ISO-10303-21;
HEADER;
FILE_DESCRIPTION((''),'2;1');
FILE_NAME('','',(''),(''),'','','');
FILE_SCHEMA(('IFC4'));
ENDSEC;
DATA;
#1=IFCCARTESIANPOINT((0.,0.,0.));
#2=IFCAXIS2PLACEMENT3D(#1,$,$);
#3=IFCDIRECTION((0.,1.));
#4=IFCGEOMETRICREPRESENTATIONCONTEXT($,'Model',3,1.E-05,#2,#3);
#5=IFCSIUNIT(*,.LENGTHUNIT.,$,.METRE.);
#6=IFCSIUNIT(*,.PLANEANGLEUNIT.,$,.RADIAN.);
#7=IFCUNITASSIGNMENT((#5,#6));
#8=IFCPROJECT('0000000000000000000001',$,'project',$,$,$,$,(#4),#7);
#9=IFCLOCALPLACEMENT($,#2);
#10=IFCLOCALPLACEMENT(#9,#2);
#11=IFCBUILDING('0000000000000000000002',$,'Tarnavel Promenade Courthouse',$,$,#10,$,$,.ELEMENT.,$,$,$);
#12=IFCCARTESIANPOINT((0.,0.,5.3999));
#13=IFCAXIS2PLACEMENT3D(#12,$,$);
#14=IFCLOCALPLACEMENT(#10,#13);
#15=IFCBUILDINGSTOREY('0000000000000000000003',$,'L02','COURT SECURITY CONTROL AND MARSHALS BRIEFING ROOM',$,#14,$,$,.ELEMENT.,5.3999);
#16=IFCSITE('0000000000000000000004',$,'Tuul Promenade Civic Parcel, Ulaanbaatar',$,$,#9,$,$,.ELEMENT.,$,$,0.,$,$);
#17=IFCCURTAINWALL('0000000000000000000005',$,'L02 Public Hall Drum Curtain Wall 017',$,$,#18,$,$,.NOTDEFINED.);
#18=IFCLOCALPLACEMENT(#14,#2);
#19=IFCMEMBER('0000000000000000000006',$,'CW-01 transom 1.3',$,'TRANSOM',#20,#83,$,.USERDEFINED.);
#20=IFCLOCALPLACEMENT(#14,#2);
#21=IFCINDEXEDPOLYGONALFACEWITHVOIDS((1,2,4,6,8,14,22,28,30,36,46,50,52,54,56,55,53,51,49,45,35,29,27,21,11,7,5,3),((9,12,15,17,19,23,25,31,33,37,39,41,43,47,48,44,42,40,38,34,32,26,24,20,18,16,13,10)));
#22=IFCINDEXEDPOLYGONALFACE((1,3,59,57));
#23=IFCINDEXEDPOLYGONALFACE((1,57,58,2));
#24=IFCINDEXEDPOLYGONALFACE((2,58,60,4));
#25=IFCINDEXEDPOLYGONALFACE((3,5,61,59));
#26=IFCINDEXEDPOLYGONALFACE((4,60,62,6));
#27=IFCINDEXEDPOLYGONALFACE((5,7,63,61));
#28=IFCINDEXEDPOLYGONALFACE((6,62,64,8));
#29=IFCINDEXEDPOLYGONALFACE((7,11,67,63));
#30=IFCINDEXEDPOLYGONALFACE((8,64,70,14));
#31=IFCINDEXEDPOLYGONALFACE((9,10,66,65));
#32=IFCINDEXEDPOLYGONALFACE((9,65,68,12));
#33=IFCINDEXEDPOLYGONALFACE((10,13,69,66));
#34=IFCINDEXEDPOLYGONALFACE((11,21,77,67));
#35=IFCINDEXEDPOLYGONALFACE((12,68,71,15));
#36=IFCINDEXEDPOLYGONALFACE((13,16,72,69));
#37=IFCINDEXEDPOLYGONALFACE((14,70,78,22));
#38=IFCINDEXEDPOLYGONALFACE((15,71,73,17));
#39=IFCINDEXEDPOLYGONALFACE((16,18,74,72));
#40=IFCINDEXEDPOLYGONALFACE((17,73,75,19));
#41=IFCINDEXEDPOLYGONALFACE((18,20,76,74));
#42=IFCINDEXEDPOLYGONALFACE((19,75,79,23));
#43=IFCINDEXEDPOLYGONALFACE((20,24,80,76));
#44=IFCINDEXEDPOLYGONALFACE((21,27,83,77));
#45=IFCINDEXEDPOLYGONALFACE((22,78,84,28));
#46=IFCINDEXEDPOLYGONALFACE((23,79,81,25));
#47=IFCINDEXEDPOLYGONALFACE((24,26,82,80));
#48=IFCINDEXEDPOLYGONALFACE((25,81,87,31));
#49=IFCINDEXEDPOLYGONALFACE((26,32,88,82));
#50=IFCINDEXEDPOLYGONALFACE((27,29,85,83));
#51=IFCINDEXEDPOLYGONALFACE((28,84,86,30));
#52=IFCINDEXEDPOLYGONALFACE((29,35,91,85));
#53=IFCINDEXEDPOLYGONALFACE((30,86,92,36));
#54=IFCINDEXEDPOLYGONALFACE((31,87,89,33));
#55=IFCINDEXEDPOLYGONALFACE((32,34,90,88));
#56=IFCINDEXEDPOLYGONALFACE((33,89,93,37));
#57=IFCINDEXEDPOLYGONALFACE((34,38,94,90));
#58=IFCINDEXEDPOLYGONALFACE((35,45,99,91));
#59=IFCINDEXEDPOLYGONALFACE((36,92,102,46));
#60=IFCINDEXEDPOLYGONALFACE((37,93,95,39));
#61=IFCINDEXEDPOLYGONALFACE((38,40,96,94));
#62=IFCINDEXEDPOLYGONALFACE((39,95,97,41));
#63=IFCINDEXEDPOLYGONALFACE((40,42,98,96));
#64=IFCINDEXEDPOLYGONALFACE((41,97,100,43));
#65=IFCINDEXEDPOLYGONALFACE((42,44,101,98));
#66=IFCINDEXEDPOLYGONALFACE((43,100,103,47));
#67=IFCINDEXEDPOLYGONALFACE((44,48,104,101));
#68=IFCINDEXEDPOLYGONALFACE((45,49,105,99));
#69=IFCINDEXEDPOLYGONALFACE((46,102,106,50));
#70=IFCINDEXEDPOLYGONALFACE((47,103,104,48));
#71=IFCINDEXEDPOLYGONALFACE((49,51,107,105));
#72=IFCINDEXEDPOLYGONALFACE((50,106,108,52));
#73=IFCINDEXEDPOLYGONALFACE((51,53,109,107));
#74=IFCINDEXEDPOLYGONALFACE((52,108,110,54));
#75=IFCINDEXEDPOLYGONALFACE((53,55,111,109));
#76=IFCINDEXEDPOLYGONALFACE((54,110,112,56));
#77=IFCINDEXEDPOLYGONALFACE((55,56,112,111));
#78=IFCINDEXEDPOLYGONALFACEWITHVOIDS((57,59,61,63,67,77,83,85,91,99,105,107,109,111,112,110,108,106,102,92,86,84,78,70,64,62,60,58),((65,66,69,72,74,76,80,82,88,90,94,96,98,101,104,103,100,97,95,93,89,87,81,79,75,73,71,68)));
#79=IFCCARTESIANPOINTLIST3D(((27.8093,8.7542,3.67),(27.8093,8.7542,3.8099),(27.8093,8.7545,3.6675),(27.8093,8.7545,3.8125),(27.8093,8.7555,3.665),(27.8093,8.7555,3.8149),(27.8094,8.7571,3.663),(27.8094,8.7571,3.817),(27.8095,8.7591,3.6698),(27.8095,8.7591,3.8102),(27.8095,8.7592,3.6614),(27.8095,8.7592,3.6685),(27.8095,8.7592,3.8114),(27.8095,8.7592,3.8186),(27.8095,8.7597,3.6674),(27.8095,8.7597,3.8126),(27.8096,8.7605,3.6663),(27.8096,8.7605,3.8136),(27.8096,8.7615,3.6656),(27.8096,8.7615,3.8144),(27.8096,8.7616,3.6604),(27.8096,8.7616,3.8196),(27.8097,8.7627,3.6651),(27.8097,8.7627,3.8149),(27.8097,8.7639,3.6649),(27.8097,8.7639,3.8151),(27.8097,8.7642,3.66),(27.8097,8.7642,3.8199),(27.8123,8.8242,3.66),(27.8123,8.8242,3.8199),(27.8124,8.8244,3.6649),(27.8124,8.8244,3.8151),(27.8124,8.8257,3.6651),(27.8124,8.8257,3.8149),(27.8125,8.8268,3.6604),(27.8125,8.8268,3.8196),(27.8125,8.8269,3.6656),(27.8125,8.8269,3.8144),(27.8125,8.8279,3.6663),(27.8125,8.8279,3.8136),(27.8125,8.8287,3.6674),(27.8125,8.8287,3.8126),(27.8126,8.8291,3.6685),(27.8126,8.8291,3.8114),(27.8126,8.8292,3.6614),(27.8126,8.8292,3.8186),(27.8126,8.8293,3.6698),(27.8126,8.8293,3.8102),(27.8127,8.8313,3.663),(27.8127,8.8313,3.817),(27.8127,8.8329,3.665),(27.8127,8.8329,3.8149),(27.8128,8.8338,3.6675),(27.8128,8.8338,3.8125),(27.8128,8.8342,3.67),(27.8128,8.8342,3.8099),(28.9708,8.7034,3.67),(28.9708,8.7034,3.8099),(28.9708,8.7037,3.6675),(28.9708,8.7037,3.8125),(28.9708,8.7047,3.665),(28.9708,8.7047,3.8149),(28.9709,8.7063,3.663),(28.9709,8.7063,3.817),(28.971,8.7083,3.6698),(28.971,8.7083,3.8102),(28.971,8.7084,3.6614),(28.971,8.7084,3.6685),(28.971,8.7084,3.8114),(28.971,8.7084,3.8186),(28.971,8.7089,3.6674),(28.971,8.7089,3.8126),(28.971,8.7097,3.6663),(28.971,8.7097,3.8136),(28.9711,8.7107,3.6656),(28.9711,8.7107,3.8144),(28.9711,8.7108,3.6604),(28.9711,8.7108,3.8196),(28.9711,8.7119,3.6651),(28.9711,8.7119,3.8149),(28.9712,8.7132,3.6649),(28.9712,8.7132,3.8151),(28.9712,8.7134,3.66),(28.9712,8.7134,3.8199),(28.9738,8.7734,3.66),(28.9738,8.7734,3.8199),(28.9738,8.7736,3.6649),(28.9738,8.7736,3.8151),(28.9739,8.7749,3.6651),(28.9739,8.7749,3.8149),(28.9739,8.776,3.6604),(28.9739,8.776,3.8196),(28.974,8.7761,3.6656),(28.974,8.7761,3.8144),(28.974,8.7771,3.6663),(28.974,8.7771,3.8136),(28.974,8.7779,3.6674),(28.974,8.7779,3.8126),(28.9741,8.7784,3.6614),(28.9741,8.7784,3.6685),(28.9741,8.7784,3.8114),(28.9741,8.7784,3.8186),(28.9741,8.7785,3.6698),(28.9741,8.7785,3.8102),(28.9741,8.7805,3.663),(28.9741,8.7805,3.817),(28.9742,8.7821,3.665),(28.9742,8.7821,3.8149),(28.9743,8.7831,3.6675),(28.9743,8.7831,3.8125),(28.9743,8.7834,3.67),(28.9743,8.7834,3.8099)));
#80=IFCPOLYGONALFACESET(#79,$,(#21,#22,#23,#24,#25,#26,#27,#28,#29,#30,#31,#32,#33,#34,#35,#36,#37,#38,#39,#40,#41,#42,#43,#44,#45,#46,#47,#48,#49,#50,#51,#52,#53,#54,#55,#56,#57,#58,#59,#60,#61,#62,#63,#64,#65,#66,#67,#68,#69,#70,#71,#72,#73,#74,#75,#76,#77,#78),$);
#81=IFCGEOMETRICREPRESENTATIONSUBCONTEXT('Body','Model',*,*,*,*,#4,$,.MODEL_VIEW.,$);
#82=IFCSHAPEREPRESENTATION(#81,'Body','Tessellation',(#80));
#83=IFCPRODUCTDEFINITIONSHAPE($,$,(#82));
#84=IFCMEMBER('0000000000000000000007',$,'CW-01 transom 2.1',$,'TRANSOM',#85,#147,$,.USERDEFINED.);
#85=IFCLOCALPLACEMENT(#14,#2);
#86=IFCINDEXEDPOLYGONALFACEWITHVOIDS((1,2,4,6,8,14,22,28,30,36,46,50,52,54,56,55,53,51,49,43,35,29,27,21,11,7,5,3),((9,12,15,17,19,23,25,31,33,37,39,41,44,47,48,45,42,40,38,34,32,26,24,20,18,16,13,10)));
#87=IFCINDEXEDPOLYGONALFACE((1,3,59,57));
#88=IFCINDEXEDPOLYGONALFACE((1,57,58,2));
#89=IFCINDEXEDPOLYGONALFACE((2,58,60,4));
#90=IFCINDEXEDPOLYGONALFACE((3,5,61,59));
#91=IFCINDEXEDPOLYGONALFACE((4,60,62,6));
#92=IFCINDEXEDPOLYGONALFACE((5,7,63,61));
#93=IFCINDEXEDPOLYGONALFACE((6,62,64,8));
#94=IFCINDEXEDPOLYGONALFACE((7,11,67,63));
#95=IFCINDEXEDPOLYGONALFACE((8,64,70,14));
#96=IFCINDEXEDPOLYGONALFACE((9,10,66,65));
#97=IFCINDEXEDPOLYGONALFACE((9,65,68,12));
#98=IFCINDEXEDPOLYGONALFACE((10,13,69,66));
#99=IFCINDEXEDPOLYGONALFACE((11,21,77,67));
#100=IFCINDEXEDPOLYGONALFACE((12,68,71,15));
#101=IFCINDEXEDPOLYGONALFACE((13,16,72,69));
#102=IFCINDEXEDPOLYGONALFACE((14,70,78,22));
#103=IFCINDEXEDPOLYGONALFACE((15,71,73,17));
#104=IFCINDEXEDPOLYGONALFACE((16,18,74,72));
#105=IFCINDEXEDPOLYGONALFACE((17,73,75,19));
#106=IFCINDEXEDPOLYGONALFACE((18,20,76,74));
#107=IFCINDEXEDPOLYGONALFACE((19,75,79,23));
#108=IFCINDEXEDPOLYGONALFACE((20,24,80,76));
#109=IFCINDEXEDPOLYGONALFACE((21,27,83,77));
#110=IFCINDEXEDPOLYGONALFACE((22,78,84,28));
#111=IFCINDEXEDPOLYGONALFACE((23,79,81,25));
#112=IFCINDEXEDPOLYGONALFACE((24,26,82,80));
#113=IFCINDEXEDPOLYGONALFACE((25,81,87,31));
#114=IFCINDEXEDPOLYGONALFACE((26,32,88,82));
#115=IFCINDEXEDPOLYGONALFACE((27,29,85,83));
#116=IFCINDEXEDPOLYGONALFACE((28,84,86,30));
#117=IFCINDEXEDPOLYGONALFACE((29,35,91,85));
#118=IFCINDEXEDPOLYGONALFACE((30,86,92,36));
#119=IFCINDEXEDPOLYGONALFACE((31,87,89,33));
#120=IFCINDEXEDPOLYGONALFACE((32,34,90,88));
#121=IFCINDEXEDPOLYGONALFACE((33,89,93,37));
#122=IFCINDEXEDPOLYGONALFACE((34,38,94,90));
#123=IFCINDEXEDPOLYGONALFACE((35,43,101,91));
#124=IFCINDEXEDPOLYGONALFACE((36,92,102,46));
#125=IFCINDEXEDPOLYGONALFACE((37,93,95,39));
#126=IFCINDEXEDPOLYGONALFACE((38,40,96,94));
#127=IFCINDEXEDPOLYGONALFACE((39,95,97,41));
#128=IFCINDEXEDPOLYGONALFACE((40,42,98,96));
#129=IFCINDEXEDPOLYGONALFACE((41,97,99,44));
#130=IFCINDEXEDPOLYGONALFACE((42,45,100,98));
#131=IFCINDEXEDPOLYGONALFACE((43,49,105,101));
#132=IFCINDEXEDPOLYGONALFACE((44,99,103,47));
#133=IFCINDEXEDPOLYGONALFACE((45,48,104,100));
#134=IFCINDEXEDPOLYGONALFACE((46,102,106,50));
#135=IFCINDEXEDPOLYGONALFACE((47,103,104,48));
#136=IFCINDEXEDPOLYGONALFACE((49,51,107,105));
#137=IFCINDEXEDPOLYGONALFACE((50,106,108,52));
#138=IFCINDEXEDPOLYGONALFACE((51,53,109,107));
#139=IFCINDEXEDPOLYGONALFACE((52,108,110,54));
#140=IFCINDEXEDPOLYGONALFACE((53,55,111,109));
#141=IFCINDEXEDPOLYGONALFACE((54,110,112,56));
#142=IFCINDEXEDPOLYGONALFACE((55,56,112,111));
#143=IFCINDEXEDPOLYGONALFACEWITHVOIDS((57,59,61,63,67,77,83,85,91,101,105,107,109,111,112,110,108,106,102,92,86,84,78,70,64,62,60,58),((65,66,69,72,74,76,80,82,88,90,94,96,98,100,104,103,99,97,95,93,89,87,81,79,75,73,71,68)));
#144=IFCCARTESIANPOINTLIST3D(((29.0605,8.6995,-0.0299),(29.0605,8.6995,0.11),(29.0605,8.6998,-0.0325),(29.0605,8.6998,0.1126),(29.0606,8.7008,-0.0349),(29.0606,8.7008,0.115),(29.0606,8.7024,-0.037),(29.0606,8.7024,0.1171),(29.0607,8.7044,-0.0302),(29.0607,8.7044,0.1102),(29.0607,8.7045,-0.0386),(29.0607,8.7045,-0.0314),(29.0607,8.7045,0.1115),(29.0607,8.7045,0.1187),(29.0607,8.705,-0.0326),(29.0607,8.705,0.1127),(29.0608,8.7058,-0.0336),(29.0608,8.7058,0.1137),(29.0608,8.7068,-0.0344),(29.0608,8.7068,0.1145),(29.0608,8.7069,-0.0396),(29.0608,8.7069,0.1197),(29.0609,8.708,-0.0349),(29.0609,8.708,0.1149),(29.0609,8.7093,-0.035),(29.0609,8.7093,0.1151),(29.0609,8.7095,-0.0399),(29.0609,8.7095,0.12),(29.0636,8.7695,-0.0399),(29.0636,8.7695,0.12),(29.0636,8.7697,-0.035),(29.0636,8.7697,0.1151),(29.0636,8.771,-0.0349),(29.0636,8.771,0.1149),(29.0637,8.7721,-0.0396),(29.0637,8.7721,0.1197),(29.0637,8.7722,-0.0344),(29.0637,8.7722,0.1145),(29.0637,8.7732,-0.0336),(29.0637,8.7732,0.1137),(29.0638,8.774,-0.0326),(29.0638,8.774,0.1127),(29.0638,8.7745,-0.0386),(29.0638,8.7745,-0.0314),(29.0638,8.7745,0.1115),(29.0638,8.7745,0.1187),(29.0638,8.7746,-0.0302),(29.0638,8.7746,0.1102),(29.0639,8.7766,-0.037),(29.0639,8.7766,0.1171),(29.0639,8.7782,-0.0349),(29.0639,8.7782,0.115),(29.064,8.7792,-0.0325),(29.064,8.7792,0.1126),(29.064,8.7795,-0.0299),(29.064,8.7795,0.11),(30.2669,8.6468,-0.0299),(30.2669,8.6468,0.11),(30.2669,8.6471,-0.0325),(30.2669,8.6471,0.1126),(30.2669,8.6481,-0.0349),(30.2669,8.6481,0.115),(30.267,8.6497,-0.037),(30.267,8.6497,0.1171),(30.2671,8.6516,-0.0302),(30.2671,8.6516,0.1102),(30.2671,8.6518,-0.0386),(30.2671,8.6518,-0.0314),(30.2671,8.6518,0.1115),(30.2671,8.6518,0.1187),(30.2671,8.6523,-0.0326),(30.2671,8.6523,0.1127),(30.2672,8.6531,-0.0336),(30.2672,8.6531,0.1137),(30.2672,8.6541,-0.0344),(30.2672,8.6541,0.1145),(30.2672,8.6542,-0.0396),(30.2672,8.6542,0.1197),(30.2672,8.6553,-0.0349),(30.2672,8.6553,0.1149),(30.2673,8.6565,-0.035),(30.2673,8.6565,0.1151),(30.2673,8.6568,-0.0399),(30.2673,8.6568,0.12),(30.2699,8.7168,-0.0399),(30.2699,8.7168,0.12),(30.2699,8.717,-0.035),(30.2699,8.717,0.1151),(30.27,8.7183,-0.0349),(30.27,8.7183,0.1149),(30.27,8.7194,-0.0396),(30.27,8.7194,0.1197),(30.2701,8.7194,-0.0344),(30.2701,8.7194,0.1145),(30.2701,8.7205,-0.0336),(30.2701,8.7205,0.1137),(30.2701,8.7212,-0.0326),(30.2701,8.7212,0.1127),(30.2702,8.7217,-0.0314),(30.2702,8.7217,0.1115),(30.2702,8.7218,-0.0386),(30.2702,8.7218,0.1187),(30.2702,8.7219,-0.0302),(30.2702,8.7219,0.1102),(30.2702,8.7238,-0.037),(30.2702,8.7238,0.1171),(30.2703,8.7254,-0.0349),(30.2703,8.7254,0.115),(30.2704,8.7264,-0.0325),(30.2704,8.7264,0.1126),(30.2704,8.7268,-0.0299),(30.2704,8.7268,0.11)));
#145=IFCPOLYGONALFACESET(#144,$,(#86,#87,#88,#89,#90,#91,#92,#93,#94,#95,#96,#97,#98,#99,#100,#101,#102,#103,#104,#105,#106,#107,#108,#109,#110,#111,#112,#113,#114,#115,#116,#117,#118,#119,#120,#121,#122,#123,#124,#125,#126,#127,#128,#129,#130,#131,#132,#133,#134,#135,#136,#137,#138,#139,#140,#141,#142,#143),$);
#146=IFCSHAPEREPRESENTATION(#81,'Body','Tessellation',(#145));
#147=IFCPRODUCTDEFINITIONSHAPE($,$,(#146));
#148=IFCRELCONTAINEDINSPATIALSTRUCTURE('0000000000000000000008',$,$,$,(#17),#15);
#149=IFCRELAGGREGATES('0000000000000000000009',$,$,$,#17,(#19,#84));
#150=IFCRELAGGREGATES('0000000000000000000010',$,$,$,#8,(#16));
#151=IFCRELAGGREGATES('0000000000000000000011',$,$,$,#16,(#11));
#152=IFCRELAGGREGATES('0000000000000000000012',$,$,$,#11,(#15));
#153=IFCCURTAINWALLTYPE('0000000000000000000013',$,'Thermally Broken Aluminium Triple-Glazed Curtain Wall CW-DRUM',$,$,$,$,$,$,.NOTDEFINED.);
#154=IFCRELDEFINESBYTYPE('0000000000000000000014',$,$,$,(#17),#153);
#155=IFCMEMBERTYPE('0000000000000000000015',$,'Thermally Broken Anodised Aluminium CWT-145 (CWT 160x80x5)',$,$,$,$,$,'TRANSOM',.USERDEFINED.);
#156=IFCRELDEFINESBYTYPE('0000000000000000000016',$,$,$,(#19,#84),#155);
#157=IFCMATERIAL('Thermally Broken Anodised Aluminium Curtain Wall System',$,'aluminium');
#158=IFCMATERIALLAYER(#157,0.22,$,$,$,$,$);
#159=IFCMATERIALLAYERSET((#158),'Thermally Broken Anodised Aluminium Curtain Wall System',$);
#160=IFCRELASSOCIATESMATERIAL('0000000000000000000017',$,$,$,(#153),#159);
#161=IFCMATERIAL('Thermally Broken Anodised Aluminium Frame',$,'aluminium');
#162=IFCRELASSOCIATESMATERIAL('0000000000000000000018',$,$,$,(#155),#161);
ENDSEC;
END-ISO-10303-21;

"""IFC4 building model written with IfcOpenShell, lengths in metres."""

from ifc_helpers import new_model, si_unit, direction, frame, origin, origin_2d, place, context, subcontext, project, spatial, hollow_rectangle, extrude, material, layer, layer_set, material_profile, profile_set, type_object, element, aggregate, save


model = new_model("IFC4")

# Units and contexts
model_context = context("Model", 3, precision=1e-05, world=origin(), true_north=direction((0.0, 1.0)))
body_context = subcontext(model_context, "Body", "Model", "MODEL_VIEW")
ifc_project = project(units=[si_unit("LENGTHUNIT", "METRE"), si_unit("PLANEANGLEUNIT", "RADIAN")], contexts=[model_context])

# Site, building, storey
site_placement = place(None, origin())
site = spatial("IfcSite", under=ifc_project, at=site_placement, Name="Tuul Promenade Civic Parcel, Ulaanbaatar", CompositionType="ELEMENT", RefElevation=0.0)
building_placement = place(site_placement, origin())
building = spatial("IfcBuilding", under=site, at=building_placement, Name="Tarnavel Promenade Courthouse", CompositionType="ELEMENT")
storey_placement = place(building_placement, frame((0.0, 0.0, 5.3999)))
storey = spatial("IfcBuildingStorey", under=building, at=storey_placement, Name="L02", Description="COURT SECURITY CONTROL AND MARSHALS BRIEFING ROOM", CompositionType="ELEMENT", Elevation=5.3999)

# Shared definitions
ifc_material_1 = material(Name="Thermally Broken Anodised Aluminium Curtain Wall System", Category="aluminium")
ifc_layer_1 = layer(ifc_material_1, 0.22)
ifc_layer_set_1 = layer_set([ifc_layer_1], Name="Thermally Broken Anodised Aluminium Curtain Wall System")
curtain_wall_type = type_object("IfcCurtainWallType", Name="Thermally Broken Aluminium Triple-Glazed Curtain Wall CW-DRUM", PredefinedType="NOTDEFINED", material=ifc_layer_set_1)
ifc_material_2 = material(Name="Thermally Broken Anodised Aluminium Frame", Category="aluminium")

# Curtain wall
curtain_wall_1_placement = place(storey_placement, origin())
curtain_wall_1 = element("IfcCurtainWall", 1, at=curtain_wall_1_placement, inside=storey, type_object=curtain_wall_type, Name="L02 Public Hall Drum Curtain Wall 017", PredefinedType="NOTDEFINED")

# Members
ifc_material_profile_1 = material_profile(ifc_material_2, hollow_rectangle(XDim=0.0801, YDim=0.1599, WallThickness=0.0049, InnerFilletRadius=0.0049, OuterFilletRadius=0.01, at=origin_2d()), Name="CWT 160x80x5")
ifc_profile_set_1 = profile_set([ifc_material_profile_1], Name="Thermally Broken Anodised Aluminium Frame")
member_type_1 = type_object("IfcMemberType", Name="Thermally Broken Anodised Aluminium CWT-145 (CWT 160x80x5)", ElementType="TRANSOM", PredefinedType="USERDEFINED", material=ifc_profile_set_1)
member_1_placement = place(storey_placement, frame((27.811, 8.7942, 3.74), z_axis=(0.999045, -0.043683, 0.0), x_axis=(0.043683, 0.999045, 0.0)))
member_1 = element("IfcMember", 2, at=member_1_placement, type_object=member_type_1, Name="CW-01 transom 1.3", ObjectType="TRANSOM", PredefinedType="USERDEFINED", context=body_context, shape_type="SweptSolid", body=[
    extrude(hollow_rectangle(XDim=0.0801, YDim=0.1599, WallThickness=0.0049, InnerFilletRadius=0.0049, OuterFilletRadius=0.01, at=origin_2d()), origin(), (0.0, 0.0, 1.0), 1.1626),
])
member_2_placement = place(storey_placement, frame((29.0623, 8.7395, 0.04), z_axis=(0.999046, -0.043674, 0.0), x_axis=(0.043674, 0.999046, 0.0)))
member_2 = element("IfcMember", 3, at=member_2_placement, type_object=member_type_1, Name="CW-01 transom 2.1", ObjectType="TRANSOM", PredefinedType="USERDEFINED", context=body_context, shape_type="SweptSolid", body=[
    extrude(hollow_rectangle(XDim=0.0801, YDim=0.1599, WallThickness=0.0049, InnerFilletRadius=0.0049, OuterFilletRadius=0.01, at=origin_2d()), origin(), (0.0, 0.0, 1.0), 1.2075),
])

aggregate(curtain_wall_1, [member_1, member_2])

save(model, "model.ifc")
